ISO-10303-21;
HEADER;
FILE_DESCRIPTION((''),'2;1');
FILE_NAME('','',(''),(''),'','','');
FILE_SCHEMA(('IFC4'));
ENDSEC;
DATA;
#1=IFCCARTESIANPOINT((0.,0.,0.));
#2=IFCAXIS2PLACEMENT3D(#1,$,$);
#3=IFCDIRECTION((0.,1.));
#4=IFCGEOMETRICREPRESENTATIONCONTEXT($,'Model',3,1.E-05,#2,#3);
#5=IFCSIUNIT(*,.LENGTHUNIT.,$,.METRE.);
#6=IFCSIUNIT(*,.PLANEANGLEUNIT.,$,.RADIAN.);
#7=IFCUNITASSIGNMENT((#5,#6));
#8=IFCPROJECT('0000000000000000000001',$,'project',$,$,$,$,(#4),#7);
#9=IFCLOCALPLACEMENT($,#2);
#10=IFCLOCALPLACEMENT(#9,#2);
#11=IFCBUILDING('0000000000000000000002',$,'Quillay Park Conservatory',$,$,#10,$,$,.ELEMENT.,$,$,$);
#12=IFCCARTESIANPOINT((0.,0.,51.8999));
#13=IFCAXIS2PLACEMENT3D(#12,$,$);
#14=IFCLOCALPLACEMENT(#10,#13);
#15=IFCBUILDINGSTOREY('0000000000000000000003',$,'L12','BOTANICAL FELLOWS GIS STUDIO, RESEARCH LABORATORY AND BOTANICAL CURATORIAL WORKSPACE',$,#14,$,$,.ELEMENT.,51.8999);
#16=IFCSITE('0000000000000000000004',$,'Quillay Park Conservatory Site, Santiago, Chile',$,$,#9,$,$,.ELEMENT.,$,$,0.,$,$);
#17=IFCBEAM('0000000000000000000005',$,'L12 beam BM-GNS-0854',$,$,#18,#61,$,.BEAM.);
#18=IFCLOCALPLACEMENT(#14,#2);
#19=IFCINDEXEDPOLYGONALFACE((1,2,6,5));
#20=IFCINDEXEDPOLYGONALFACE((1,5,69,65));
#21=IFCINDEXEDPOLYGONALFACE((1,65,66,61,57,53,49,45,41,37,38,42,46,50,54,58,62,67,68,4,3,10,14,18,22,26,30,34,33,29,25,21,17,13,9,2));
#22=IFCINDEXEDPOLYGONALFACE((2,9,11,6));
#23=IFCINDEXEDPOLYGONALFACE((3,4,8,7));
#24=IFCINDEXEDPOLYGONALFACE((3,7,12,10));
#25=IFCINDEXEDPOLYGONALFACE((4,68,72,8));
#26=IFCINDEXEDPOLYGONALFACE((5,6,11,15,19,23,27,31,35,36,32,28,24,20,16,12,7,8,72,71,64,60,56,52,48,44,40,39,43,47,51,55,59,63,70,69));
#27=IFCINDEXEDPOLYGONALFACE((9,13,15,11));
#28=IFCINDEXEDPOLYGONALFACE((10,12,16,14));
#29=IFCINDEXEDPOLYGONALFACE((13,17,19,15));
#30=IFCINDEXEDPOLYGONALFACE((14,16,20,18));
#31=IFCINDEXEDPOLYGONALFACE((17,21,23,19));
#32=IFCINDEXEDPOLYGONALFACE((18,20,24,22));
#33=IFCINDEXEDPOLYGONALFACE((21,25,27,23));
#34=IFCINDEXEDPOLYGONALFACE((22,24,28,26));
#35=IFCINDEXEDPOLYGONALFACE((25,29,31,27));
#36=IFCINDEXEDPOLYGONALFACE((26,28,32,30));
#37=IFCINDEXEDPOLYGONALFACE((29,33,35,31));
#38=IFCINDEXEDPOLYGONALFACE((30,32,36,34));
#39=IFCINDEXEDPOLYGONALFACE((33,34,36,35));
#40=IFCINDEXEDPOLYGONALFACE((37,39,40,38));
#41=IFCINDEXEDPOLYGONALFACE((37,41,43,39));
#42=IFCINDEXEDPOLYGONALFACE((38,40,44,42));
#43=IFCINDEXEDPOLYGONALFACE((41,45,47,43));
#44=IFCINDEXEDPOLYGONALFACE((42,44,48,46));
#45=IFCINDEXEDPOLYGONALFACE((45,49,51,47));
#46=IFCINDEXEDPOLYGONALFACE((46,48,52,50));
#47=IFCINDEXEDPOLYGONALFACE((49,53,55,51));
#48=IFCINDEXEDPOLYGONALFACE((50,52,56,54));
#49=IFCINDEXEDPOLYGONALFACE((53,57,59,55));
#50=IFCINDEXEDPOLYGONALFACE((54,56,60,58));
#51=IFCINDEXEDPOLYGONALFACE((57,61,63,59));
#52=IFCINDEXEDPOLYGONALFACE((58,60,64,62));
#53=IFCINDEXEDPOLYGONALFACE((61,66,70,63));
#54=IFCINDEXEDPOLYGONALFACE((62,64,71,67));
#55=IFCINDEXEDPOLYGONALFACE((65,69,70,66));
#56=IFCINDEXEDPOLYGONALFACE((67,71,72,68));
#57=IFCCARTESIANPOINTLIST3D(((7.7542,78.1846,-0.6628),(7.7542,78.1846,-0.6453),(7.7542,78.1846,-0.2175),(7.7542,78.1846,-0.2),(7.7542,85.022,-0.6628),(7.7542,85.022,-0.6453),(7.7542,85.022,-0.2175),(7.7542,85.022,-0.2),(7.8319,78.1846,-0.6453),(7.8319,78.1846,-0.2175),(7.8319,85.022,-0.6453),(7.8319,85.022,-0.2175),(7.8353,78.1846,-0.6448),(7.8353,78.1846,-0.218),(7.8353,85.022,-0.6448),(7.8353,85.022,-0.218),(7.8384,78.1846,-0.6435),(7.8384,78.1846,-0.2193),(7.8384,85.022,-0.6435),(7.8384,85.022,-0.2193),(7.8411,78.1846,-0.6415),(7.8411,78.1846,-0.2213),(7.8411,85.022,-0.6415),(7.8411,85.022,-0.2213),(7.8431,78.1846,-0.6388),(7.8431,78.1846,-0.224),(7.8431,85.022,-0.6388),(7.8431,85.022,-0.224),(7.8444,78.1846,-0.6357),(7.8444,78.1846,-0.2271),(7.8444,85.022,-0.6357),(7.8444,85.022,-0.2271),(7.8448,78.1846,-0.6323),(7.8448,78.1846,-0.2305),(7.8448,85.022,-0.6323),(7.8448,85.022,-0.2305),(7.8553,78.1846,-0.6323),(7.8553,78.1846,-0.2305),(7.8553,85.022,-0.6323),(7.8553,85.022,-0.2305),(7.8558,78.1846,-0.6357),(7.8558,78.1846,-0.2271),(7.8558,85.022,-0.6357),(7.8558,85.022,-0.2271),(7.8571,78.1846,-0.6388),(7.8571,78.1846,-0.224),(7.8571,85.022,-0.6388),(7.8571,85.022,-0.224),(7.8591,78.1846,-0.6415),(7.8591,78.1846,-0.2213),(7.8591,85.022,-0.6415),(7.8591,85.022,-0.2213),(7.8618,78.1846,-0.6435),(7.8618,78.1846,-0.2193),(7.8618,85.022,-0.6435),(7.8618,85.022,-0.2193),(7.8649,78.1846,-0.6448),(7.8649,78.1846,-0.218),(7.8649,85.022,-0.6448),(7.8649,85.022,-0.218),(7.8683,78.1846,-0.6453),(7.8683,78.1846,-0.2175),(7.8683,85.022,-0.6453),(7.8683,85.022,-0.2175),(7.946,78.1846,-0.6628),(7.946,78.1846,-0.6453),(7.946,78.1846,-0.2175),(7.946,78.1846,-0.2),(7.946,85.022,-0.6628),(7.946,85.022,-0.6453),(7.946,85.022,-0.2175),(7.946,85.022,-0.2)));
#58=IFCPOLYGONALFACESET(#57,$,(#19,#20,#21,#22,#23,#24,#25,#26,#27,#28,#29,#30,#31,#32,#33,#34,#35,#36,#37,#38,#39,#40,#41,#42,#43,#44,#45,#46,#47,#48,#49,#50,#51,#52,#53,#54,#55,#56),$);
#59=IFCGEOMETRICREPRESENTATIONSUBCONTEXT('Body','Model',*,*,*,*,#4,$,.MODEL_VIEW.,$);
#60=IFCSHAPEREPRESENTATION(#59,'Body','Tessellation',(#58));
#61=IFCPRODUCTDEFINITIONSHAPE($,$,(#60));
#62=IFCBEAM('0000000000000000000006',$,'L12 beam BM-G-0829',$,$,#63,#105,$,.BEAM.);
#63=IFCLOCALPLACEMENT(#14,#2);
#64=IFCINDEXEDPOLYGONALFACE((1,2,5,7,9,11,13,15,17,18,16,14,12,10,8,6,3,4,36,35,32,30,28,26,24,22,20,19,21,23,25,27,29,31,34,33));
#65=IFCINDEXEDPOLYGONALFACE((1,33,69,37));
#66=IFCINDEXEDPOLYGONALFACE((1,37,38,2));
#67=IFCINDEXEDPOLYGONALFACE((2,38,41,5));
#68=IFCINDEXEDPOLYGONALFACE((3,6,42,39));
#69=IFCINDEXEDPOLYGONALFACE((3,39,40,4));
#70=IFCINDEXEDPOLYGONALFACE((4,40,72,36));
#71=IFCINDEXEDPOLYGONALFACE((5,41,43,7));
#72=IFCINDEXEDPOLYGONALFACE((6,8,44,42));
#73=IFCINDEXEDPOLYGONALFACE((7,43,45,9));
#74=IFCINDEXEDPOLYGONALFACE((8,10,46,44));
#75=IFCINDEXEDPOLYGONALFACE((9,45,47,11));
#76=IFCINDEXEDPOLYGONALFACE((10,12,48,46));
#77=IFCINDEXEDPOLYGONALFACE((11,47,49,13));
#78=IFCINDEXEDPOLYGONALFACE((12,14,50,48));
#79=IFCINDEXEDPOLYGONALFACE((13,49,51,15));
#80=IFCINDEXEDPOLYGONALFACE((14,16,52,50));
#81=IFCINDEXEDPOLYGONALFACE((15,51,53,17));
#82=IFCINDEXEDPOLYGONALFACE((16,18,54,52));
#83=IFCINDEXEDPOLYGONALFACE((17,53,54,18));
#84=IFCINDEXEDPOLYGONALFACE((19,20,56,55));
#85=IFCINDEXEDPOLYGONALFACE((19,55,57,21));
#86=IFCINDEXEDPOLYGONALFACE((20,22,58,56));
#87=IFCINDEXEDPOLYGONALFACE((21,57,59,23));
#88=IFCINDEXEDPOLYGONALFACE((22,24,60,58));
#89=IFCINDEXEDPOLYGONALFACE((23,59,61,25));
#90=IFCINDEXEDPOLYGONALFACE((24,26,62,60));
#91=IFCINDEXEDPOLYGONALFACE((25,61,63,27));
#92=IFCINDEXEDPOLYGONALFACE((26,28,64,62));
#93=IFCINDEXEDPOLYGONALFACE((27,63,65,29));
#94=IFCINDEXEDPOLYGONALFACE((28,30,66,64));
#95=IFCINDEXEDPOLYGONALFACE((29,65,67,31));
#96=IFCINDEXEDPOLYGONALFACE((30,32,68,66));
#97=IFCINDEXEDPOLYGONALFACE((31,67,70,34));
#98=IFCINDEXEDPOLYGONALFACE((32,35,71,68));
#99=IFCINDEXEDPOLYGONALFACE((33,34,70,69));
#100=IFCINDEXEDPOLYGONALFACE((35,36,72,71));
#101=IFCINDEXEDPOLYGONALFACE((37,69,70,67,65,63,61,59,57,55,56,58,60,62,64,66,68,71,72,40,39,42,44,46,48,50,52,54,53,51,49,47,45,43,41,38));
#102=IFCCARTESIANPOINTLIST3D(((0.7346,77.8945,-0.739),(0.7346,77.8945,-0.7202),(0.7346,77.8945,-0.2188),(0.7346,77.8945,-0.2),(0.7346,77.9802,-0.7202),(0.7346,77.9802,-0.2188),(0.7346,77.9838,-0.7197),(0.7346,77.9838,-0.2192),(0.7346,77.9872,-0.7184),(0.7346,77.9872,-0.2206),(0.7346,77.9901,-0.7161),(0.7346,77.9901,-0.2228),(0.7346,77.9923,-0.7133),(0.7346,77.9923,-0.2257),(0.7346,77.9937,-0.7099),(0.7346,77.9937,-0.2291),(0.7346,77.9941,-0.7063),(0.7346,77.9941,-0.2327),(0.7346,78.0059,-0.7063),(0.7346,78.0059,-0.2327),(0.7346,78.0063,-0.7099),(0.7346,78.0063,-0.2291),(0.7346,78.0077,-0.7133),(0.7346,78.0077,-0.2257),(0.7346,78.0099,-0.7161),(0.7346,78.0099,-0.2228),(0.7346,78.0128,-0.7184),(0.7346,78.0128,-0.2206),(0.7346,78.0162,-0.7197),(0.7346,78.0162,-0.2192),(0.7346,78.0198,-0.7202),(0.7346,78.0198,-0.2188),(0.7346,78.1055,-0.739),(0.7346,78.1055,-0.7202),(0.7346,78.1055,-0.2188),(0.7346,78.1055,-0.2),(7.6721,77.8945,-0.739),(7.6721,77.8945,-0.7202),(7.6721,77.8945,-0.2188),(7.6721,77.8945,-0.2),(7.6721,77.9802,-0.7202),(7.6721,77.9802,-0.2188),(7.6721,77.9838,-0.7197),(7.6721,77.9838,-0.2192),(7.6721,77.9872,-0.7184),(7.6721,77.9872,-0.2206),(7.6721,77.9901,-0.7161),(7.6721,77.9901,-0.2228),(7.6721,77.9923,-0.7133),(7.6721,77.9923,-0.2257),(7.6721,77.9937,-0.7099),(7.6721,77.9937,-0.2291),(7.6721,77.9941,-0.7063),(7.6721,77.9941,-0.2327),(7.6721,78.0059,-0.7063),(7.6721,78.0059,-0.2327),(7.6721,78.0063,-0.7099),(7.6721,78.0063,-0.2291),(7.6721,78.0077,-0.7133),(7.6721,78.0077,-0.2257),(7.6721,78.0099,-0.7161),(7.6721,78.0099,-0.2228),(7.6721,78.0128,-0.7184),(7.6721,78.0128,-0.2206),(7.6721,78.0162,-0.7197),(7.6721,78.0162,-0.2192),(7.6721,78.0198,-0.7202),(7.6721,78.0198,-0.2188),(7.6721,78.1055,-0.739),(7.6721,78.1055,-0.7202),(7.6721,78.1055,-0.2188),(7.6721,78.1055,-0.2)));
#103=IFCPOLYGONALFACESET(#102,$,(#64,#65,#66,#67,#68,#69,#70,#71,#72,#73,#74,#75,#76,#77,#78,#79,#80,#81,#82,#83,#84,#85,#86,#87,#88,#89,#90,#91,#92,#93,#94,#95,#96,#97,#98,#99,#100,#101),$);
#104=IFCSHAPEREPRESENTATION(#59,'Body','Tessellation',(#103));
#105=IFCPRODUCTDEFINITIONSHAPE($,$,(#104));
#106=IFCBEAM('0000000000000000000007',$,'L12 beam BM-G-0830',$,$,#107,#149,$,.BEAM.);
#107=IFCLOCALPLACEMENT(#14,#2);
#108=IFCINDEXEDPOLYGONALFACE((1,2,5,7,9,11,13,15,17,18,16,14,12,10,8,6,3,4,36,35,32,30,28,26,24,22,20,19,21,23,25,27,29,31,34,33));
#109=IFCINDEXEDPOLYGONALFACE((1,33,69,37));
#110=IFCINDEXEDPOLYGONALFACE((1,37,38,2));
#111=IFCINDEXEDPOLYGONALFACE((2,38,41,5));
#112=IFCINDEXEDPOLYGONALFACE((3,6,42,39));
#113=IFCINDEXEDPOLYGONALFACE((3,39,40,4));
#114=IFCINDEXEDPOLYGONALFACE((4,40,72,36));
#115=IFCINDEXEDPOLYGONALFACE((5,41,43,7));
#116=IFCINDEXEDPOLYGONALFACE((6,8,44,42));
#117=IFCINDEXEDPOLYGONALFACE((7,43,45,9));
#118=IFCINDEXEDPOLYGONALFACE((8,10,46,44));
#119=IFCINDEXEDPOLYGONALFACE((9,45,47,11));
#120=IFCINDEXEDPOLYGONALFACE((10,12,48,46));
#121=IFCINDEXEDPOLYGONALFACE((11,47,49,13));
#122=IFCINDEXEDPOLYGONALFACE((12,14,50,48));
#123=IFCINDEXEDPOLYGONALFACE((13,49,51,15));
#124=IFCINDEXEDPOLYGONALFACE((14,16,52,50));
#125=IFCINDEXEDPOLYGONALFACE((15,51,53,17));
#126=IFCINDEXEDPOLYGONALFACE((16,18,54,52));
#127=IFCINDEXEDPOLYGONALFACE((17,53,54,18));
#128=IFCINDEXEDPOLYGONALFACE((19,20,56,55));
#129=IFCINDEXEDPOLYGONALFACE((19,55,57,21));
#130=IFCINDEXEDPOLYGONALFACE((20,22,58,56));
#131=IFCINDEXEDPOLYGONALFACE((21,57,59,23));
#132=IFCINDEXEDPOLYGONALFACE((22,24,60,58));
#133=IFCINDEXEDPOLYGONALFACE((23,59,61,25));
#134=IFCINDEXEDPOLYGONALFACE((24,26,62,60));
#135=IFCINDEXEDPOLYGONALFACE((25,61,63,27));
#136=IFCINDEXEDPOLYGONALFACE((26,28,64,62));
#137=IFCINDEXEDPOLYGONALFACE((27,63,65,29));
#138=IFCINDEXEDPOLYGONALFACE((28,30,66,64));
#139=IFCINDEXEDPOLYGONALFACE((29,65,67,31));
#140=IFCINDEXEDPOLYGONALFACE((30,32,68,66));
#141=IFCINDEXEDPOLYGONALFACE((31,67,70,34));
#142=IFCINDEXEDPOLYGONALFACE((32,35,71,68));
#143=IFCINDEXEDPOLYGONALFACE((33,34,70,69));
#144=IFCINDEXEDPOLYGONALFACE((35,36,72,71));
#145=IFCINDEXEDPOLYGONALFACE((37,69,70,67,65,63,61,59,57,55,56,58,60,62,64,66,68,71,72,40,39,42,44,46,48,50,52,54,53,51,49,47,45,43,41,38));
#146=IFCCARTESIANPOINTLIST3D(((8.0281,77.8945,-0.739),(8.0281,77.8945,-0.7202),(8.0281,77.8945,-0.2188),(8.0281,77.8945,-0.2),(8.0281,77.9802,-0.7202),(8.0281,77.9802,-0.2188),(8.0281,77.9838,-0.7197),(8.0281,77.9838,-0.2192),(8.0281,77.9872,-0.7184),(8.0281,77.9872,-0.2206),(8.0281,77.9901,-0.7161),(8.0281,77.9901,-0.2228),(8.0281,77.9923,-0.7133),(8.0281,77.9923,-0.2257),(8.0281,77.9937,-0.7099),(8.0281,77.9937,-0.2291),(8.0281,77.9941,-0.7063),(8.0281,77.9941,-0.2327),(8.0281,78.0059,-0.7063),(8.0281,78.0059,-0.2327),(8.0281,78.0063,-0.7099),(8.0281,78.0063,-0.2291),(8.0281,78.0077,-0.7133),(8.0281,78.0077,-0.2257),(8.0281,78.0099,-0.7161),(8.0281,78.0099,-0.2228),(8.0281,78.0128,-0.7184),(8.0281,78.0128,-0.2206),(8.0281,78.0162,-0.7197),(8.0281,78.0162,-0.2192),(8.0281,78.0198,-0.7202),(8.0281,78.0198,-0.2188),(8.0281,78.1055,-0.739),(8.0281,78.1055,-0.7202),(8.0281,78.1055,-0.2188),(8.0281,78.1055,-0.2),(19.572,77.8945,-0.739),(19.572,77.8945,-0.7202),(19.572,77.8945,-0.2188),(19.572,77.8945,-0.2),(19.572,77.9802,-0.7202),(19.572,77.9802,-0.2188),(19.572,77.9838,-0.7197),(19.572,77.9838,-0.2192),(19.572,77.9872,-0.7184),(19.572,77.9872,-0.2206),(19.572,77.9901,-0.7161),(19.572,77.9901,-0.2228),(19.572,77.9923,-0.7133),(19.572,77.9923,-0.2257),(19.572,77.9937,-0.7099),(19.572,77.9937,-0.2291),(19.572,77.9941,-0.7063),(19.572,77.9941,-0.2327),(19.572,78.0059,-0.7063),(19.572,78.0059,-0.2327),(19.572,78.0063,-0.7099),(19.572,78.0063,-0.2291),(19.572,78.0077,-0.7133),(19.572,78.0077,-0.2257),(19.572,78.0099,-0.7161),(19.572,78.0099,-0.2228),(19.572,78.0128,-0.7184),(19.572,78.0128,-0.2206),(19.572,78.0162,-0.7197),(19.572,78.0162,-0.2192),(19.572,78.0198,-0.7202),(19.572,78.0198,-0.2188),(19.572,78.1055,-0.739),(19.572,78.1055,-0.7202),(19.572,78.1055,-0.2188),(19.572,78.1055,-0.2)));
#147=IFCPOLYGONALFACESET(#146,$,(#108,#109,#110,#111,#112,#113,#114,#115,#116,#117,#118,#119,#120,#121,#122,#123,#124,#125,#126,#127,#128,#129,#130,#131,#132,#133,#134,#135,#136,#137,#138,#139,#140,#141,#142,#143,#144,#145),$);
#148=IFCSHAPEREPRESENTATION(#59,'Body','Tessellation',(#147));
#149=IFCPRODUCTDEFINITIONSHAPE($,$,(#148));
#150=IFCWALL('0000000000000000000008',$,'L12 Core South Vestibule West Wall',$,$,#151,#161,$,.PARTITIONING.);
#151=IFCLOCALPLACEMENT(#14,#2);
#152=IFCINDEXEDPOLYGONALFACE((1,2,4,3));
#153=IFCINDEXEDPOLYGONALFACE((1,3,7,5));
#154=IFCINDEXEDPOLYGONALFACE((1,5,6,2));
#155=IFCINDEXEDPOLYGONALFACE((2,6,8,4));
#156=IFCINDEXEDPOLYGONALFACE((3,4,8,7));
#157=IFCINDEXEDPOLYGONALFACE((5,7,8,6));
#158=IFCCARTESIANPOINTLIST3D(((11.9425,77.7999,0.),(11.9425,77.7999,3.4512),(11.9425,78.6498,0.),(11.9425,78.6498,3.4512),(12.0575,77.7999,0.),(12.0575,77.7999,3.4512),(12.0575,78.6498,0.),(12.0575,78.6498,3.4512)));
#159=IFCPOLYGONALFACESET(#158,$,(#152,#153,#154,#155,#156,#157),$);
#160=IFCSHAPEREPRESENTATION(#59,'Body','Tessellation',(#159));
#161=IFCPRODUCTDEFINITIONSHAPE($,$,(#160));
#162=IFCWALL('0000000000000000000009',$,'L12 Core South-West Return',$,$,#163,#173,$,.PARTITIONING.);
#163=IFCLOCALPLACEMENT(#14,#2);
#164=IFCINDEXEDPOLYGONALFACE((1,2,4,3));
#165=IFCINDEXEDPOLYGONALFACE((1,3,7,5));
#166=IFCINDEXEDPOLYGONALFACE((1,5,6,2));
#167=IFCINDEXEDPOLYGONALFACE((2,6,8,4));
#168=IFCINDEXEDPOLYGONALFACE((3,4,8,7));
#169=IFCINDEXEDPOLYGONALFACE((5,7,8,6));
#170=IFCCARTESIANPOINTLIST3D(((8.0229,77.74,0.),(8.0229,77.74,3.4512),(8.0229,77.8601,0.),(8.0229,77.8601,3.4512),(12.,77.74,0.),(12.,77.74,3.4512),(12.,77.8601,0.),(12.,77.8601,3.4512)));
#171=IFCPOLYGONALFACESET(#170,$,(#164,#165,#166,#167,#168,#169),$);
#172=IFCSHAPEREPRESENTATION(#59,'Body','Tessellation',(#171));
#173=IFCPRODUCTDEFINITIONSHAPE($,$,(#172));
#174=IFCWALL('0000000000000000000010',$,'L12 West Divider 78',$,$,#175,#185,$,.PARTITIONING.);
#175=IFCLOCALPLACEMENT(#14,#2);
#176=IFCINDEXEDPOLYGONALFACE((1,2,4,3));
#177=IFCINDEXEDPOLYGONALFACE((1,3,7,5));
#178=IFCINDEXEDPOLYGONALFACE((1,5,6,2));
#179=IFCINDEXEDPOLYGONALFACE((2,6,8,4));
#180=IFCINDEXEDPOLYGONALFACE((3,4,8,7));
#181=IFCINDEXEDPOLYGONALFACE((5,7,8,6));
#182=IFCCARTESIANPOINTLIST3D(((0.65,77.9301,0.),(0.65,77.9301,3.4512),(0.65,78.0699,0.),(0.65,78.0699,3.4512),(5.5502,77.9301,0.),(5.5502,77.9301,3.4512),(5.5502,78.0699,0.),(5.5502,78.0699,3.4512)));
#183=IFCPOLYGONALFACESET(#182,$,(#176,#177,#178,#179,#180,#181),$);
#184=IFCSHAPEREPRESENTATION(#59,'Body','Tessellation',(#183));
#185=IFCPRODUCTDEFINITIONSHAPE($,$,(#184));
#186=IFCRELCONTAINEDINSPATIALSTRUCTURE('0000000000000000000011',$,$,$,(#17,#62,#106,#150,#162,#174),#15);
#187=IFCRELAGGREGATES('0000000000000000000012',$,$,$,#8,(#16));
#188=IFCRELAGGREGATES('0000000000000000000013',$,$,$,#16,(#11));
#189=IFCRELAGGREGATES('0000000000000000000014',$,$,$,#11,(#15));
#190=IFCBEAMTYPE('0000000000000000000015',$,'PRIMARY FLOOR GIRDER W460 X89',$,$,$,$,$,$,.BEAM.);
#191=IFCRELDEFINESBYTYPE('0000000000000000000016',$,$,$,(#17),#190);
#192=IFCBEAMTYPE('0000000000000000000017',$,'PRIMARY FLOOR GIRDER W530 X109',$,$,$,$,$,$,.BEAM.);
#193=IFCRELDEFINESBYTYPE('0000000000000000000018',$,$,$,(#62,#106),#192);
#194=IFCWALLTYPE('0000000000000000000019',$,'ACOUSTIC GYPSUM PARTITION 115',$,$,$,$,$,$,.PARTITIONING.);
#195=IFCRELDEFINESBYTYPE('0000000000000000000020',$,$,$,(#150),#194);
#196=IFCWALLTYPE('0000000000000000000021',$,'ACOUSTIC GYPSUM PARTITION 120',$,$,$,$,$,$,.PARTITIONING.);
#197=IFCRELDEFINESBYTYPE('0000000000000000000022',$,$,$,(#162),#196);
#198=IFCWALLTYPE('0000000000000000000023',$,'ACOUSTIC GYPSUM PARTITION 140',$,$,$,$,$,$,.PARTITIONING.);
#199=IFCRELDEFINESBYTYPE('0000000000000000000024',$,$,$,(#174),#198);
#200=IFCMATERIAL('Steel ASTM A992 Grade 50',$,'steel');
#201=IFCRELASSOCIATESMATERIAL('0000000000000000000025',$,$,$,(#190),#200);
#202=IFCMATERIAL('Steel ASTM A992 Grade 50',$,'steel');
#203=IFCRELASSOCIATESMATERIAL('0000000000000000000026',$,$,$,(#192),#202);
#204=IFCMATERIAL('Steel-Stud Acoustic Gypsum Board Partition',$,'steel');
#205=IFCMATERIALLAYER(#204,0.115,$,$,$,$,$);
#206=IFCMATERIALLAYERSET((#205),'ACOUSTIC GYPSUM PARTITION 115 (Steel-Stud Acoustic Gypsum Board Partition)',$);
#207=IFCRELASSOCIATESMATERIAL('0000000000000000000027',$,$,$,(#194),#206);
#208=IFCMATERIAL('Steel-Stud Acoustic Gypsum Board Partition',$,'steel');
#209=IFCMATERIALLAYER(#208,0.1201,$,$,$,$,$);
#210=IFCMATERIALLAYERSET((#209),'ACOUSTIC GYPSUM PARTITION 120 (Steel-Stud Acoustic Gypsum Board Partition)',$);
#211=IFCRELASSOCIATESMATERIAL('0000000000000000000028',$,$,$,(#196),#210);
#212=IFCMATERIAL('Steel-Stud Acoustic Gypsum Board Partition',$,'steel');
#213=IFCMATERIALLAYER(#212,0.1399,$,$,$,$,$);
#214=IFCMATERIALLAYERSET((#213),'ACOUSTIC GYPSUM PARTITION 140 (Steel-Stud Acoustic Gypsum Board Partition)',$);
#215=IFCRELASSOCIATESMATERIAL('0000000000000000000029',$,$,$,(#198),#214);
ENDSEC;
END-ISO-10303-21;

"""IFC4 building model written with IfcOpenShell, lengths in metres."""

from ifc_helpers import new_model, si_unit, direction, frame, frame_2d, origin, origin_2d, place, context, subcontext, project, spatial, rectangle, i_section, extrude, material, layer, layer_set, material_profile, profile_set, type_object, element, save


model = new_model("IFC4")

# Units and contexts
model_context = context("Model", 3, precision=1e-05, world=origin(), true_north=direction((0.0, 1.0)))
body_context = subcontext(model_context, "Body", "Model", "MODEL_VIEW")
ifc_project = project(units=[si_unit("LENGTHUNIT", "METRE"), si_unit("PLANEANGLEUNIT", "RADIAN")], contexts=[model_context])

# Site, building, storey
site_placement = place(None, origin())
site = spatial("IfcSite", under=ifc_project, at=site_placement, Name="Quillay Park Conservatory Site, Santiago, Chile", CompositionType="ELEMENT", RefElevation=0.0)
building_placement = place(site_placement, origin())
building = spatial("IfcBuilding", under=site, at=building_placement, Name="Quillay Park Conservatory", CompositionType="ELEMENT")
storey_placement = place(building_placement, frame((0.0, 0.0, 51.8999)))
storey = spatial("IfcBuildingStorey", under=building, at=storey_placement, Name="L12", Description="BOTANICAL FELLOWS GIS STUDIO, RESEARCH LABORATORY AND BOTANICAL CURATORIAL WORKSPACE", CompositionType="ELEMENT", Elevation=51.8999)

# Beams
ifc_material_1 = material(Name="Steel ASTM A992 Grade 50", Category="steel")
ifc_material_profile_1 = material_profile(ifc_material_1, i_section(OverallWidth=0.1919, OverallDepth=0.4629, WebThickness=0.0105, FlangeThickness=0.0176, FilletRadius=0.0129, at=origin_2d()), Name="W460x89")
ifc_profile_set_1 = profile_set([ifc_material_profile_1], Name="Steel ASTM A992 Grade 50")
beam_type_1 = type_object("IfcBeamType", Name="PRIMARY FLOOR GIRDER W460 X89", PredefinedType="BEAM", material=ifc_profile_set_1)
beam_1_placement = place(storey_placement, frame((7.8501, 78.1846, -0.4314), z_axis=(0.0, 1.0, 0.0), x_axis=(-1.0, 0.0, 0.0)))
element("IfcBeam", 1, at=beam_1_placement, inside=storey, type_object=beam_type_1, Name="L12 beam BM-GNS-0854", PredefinedType="BEAM", context=body_context, shape_type="SweptSolid", body=[
    extrude(i_section(OverallWidth=0.1919, OverallDepth=0.4629, WebThickness=0.0105, FlangeThickness=0.0176, FilletRadius=0.0129, at=origin_2d()), origin(), (0.0, 0.0, 1.0), 6.8374),
])
ifc_material_2 = material(Name="Steel ASTM A992 Grade 50", Category="steel")
ifc_material_profile_2 = material_profile(ifc_material_2, i_section(OverallWidth=0.2109, OverallDepth=0.5391, WebThickness=0.0117, FlangeThickness=0.0188, FilletRadius=0.0139, at=origin_2d()), Name="W530x109")
ifc_profile_set_2 = profile_set([ifc_material_profile_2], Name="Steel ASTM A992 Grade 50")
beam_type_2 = type_object("IfcBeamType", Name="PRIMARY FLOOR GIRDER W530 X109", PredefinedType="BEAM", material=ifc_profile_set_2)
beam_2_placement = place(storey_placement, frame((0.7346, 78.0, -0.4695), z_axis=(1.0, 0.0, 0.0), x_axis=(0.0, 1.0, 0.0)))
element("IfcBeam", 2, at=beam_2_placement, inside=storey, type_object=beam_type_2, Name="L12 beam BM-G-0829", PredefinedType="BEAM", context=body_context, shape_type="SweptSolid", body=[
    extrude(i_section(OverallWidth=0.2109, OverallDepth=0.5391, WebThickness=0.0117, FlangeThickness=0.0188, FilletRadius=0.0139, at=origin_2d()), origin(), (0.0, 0.0, 1.0), 6.9375),
])
beam_3_placement = place(storey_placement, frame((8.0281, 78.0, -0.4695), z_axis=(1.0, 0.0, 0.0), x_axis=(0.0, 1.0, 0.0)))
element("IfcBeam", 3, at=beam_3_placement, inside=storey, type_object=beam_type_2, Name="L12 beam BM-G-0830", PredefinedType="BEAM", context=body_context, shape_type="SweptSolid", body=[
    extrude(i_section(OverallWidth=0.2109, OverallDepth=0.5391, WebThickness=0.0117, FlangeThickness=0.0188, FilletRadius=0.0139, at=origin_2d()), origin(), (0.0, 0.0, 1.0), 11.5439),
])

# Wall
ifc_material_3 = material(Name="Steel-Stud Acoustic Gypsum Board Partition", Category="steel")
ifc_layer_1 = layer(ifc_material_3, 0.115)
ifc_layer_set_1 = layer_set([ifc_layer_1], Name="ACOUSTIC GYPSUM PARTITION 115 (Steel-Stud Acoustic Gypsum Board Partition)")
wall_type_1 = type_object("IfcWallType", Name="ACOUSTIC GYPSUM PARTITION 115", PredefinedType="PARTITIONING", material=ifc_layer_set_1)
wall_1_placement = place(storey_placement, frame((12.0, 77.8, 0.0), z_axis=(0.0, 0.0, 1.0), x_axis=(0.0, 1.0, 0.0)))
element("IfcWall", 4, at=wall_1_placement, inside=storey, type_object=wall_type_1, Name="L12 Core South Vestibule West Wall", PredefinedType="PARTITIONING", context=body_context, shape_type="SweptSolid", body=[
    extrude(rectangle(XDim=0.8499, YDim=0.115, at=frame_2d((0.4248, 0.0))), origin(), (0.0, 0.0, 1.0), 3.4512),
])

# Walls
ifc_material_4 = material(Name="Steel-Stud Acoustic Gypsum Board Partition", Category="steel")
ifc_layer_2 = layer(ifc_material_4, 0.1201)
ifc_layer_set_2 = layer_set([ifc_layer_2], Name="ACOUSTIC GYPSUM PARTITION 120 (Steel-Stud Acoustic Gypsum Board Partition)")
wall_type_2 = type_object("IfcWallType", Name="ACOUSTIC GYPSUM PARTITION 120", PredefinedType="PARTITIONING", material=ifc_layer_set_2)
wall_2_placement = place(storey_placement, frame((8.0229, 77.8, 0.0), z_axis=(0.0, 0.0, 1.0), x_axis=(1.0, 0.0, 0.0)))
element("IfcWall", 5, at=wall_2_placement, inside=storey, type_object=wall_type_2, Name="L12 Core South-West Return", PredefinedType="PARTITIONING", context=body_context, shape_type="SweptSolid", body=[
    extrude(rectangle(XDim=3.9771, YDim=0.1201, at=frame_2d((1.9885, 0.0))), origin(), (0.0, 0.0, 1.0), 3.4512),
])
ifc_material_5 = material(Name="Steel-Stud Acoustic Gypsum Board Partition", Category="steel")
ifc_layer_3 = layer(ifc_material_5, 0.1399)
ifc_layer_set_3 = layer_set([ifc_layer_3], Name="ACOUSTIC GYPSUM PARTITION 140 (Steel-Stud Acoustic Gypsum Board Partition)")
wall_type_3 = type_object("IfcWallType", Name="ACOUSTIC GYPSUM PARTITION 140", PredefinedType="PARTITIONING", material=ifc_layer_set_3)
wall_3_placement = place(storey_placement, frame((0.6499, 78.0, 0.0), z_axis=(0.0, 0.0, 1.0), x_axis=(1.0, 0.0, 0.0)))
element("IfcWall", 6, at=wall_3_placement, inside=storey, type_object=wall_type_3, Name="L12 West Divider 78", PredefinedType="PARTITIONING", context=body_context, shape_type="SweptSolid", body=[
    extrude(rectangle(XDim=4.9001, YDim=0.1399, at=frame_2d((2.4502, 0.0))), origin(), (0.0, 0.0, 1.0), 3.4512),
])

save(model, "model.ifc")
